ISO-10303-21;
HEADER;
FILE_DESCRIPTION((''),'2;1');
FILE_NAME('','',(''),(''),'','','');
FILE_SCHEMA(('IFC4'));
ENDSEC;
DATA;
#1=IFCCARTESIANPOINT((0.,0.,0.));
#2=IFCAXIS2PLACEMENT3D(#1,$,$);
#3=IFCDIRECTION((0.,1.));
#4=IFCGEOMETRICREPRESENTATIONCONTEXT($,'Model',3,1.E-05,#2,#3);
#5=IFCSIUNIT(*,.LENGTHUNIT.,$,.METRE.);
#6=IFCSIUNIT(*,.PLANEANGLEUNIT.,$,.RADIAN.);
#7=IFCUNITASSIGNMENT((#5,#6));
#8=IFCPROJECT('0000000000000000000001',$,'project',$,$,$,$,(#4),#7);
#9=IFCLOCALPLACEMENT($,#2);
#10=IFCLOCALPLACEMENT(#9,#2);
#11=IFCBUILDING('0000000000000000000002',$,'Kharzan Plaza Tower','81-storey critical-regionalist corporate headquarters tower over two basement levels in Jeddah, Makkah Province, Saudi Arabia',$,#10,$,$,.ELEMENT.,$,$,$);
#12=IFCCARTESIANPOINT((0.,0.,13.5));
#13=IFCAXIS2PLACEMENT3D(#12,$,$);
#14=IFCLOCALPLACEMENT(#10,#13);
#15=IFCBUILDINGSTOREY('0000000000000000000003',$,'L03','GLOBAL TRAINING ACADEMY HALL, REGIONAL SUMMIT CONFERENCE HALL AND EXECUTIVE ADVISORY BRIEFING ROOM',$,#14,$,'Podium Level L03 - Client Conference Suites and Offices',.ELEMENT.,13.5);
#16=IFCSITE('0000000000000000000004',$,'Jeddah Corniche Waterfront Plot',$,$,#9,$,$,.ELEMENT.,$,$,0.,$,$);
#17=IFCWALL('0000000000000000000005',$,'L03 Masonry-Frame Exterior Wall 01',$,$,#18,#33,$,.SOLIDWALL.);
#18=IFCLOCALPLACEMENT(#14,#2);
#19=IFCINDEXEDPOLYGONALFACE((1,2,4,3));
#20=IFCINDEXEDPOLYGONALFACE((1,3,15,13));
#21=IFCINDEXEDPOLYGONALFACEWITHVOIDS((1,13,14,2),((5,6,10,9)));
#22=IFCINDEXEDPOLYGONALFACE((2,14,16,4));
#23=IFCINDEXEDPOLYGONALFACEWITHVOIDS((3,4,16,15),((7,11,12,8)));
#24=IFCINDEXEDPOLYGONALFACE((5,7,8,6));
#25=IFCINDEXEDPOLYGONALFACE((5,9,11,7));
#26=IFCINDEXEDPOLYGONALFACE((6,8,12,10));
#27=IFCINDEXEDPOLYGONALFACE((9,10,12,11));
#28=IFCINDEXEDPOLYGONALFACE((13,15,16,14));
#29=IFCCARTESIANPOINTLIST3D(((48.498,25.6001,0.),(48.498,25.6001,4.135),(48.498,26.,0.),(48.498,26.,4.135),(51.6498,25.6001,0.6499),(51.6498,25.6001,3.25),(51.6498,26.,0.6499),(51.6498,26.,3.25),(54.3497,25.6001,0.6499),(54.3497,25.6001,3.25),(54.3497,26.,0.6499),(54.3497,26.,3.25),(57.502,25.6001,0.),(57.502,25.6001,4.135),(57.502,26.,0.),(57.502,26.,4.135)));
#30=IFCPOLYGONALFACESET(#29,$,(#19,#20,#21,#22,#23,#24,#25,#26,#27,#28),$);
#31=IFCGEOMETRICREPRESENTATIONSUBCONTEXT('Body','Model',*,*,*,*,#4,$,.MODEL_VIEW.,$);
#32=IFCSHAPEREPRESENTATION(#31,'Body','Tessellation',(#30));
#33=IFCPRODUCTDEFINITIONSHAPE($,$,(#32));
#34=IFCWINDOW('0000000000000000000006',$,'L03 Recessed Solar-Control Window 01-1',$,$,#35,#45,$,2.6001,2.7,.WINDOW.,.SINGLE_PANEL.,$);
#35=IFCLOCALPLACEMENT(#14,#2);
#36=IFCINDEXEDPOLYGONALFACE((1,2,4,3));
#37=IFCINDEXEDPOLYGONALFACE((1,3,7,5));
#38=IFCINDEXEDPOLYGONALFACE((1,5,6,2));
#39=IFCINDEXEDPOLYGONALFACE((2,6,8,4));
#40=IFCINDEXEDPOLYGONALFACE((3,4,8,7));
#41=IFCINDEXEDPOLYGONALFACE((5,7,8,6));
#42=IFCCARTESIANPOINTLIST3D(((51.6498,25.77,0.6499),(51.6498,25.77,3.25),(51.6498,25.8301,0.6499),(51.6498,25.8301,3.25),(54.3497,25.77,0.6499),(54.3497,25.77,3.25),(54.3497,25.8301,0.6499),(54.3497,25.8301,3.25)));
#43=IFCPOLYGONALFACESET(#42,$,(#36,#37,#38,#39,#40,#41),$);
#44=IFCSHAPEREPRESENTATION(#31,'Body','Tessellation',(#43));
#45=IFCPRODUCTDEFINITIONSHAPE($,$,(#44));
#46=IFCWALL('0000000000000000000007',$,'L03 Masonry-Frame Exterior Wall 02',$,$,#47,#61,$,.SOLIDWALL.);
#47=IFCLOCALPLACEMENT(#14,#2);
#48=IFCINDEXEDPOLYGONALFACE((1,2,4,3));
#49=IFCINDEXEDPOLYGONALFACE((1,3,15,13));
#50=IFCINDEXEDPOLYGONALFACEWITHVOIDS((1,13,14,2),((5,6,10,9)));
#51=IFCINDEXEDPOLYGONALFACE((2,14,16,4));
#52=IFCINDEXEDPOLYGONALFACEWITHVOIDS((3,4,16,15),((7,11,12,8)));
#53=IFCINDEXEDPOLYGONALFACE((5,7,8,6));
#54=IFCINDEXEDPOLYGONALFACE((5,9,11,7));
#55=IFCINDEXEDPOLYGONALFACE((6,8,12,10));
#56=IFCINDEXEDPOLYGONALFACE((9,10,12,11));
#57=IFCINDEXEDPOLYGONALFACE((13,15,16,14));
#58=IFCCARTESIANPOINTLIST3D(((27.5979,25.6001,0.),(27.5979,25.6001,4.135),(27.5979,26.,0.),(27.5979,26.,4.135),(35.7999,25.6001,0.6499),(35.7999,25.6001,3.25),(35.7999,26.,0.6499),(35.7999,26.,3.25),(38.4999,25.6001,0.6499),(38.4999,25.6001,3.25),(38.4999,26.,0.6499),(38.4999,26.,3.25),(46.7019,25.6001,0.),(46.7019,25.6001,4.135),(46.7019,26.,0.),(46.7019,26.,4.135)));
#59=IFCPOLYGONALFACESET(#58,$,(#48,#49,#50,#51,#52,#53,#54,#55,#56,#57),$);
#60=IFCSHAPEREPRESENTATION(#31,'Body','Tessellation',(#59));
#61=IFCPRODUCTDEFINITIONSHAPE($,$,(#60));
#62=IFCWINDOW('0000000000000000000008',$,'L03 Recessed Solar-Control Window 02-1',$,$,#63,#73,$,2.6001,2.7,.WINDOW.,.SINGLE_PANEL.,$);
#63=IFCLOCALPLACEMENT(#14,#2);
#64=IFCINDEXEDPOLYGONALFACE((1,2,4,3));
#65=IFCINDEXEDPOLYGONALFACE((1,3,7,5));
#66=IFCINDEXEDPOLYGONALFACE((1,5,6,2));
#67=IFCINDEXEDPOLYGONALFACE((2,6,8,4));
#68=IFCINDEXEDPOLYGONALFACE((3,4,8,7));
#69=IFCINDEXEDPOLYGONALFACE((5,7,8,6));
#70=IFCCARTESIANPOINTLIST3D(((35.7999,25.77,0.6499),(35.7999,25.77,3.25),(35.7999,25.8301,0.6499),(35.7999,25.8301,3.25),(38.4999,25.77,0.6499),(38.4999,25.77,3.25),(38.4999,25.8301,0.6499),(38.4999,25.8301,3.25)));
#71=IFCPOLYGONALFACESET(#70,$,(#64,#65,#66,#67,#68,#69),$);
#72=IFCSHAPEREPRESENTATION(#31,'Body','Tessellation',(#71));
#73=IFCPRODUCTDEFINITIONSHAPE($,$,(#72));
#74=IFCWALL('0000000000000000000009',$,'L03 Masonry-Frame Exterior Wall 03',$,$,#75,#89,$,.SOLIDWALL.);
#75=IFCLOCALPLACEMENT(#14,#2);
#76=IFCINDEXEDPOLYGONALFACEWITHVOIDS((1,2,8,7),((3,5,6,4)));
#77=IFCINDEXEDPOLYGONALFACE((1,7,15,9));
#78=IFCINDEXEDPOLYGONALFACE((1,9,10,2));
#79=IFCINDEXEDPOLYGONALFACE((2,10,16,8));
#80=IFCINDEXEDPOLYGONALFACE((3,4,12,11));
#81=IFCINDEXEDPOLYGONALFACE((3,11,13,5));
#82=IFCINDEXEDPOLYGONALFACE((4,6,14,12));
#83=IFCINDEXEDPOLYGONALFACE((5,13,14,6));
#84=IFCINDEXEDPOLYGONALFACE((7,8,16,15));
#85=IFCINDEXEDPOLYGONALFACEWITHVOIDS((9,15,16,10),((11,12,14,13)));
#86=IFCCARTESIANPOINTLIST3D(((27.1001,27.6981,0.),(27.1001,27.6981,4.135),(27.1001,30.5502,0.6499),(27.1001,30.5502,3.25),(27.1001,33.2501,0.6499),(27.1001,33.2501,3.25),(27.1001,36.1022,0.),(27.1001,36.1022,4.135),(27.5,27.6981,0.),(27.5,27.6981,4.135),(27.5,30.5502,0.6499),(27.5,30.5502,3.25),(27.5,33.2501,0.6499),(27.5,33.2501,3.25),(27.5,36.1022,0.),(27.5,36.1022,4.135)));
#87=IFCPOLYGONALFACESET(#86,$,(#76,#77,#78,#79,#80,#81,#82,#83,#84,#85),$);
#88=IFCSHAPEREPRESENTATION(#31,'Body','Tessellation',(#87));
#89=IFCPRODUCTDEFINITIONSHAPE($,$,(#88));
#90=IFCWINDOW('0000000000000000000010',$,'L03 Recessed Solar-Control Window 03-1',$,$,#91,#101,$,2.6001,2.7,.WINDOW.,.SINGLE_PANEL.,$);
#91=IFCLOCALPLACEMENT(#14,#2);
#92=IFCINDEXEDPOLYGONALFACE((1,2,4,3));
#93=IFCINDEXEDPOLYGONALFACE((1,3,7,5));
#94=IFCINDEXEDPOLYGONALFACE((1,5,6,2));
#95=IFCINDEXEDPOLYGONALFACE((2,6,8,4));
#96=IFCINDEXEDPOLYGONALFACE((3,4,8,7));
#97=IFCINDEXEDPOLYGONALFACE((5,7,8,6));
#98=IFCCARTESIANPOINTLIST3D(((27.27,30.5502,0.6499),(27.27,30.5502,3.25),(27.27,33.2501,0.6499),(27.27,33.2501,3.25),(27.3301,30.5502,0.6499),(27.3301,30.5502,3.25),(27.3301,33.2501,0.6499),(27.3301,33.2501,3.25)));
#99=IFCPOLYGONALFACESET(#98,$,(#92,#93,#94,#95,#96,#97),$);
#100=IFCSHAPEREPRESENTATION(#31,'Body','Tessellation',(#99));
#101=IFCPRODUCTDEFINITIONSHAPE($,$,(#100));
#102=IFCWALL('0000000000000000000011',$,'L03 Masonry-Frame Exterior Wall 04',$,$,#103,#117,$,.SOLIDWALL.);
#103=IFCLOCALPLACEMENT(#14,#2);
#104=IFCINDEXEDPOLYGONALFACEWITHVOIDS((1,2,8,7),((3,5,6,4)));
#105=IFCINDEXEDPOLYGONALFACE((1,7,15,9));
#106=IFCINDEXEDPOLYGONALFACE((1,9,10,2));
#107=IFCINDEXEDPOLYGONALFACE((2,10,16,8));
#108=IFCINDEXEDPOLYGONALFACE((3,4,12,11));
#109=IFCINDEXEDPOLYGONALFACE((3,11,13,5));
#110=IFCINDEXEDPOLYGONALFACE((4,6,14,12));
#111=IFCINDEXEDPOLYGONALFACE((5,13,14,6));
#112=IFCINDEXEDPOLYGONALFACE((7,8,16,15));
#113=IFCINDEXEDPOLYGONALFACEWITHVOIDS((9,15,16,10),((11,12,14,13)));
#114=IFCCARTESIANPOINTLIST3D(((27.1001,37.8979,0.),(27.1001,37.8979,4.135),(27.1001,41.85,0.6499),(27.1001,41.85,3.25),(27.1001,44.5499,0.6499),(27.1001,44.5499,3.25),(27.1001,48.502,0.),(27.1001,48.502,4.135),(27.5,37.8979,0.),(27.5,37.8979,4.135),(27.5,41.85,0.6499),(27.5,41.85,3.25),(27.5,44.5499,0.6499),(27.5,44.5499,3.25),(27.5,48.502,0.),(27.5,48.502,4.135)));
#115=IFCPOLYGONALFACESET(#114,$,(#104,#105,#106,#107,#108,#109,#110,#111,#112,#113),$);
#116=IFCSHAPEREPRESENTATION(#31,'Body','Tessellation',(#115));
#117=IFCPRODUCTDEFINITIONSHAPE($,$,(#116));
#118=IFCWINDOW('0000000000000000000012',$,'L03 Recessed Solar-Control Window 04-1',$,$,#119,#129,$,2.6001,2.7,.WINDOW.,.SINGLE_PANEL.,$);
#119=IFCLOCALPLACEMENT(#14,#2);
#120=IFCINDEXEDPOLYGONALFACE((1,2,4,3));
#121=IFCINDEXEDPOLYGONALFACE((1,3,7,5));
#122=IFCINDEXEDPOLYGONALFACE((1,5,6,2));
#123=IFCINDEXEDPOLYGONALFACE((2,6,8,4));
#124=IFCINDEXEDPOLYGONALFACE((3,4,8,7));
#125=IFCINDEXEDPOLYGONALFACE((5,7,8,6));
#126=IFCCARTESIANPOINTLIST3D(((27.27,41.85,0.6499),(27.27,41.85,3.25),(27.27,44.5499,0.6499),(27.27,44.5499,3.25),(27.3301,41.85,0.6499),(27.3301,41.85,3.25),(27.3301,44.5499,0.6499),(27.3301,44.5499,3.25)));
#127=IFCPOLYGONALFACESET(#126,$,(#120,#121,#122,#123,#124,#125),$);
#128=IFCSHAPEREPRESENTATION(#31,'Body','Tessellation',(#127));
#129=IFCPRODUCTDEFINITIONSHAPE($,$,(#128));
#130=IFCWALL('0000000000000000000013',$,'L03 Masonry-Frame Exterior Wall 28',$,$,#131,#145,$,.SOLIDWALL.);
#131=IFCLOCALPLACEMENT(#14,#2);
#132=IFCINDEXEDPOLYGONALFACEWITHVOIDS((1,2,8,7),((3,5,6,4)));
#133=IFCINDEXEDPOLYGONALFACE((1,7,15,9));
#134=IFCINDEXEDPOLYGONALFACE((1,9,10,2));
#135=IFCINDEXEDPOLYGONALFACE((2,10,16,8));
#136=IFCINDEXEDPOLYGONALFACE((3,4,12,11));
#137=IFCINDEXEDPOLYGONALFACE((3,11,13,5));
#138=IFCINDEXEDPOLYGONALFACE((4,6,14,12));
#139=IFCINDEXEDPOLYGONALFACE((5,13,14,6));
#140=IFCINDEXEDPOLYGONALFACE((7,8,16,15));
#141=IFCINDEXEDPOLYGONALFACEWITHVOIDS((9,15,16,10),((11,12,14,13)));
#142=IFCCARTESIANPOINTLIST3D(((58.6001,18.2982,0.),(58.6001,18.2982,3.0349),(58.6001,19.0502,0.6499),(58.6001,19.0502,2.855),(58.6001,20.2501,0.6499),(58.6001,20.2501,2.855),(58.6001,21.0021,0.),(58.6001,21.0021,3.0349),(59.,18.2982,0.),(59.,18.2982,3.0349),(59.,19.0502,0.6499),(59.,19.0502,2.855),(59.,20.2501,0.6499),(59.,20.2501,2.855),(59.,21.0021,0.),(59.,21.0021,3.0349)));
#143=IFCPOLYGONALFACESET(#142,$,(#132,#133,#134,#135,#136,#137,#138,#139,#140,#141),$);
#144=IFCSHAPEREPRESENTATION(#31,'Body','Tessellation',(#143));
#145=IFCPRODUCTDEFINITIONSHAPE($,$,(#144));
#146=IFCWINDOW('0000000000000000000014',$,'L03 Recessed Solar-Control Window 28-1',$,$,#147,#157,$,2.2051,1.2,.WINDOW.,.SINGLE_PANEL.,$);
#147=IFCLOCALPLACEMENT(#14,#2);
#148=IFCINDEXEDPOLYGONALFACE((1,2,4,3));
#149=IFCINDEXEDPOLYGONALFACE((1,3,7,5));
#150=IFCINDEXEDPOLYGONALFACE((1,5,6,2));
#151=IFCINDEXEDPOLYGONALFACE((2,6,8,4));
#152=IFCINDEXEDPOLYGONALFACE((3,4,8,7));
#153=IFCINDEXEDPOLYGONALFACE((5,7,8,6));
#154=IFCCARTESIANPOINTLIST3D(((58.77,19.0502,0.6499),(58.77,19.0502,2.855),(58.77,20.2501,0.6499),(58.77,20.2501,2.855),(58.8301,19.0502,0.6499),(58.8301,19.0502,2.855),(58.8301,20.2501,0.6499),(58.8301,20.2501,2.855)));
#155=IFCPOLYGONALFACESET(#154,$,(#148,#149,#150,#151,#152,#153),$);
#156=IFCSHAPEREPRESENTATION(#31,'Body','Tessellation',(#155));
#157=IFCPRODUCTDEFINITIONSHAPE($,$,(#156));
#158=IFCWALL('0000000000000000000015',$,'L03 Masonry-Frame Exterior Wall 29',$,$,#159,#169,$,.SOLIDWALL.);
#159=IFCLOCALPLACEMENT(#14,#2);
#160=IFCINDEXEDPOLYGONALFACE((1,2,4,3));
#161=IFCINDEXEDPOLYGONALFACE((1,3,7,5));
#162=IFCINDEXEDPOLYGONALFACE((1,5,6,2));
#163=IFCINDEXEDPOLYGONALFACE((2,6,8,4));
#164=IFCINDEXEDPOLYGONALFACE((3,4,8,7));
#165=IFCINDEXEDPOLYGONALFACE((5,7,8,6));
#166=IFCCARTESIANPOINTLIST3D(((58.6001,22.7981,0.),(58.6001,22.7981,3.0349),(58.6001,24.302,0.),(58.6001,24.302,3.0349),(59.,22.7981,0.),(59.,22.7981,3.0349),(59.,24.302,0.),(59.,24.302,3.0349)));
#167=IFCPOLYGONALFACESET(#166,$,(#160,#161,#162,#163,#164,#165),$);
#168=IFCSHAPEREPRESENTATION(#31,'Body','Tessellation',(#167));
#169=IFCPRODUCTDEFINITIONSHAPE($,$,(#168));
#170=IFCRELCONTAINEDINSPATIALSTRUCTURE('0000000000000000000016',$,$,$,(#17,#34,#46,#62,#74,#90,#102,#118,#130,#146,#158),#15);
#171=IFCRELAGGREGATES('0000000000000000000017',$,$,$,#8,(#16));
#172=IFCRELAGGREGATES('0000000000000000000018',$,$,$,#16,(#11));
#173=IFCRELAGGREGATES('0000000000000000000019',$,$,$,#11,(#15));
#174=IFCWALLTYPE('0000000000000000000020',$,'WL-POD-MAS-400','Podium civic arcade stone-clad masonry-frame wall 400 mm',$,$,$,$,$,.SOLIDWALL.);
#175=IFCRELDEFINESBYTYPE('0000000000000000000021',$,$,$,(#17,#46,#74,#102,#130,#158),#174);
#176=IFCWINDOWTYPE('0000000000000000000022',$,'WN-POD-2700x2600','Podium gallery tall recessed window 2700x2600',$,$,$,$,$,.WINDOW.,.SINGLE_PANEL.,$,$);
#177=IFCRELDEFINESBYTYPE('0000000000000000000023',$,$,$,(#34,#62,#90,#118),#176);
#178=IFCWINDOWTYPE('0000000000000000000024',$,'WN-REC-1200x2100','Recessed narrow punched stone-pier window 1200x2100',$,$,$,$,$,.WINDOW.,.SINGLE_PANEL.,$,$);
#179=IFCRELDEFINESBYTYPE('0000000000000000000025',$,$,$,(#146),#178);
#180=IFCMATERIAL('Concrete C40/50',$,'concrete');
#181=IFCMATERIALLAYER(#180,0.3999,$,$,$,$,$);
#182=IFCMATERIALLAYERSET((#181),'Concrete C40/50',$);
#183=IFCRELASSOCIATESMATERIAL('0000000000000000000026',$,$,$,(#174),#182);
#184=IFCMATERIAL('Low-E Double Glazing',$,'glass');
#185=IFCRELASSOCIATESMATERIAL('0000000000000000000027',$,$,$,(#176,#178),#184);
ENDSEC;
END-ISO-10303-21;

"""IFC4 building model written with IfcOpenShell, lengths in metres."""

from ifc_helpers import new_model, si_unit, direction, frame, frame_2d, origin, place, context, subcontext, project, spatial, rectangle, extrude, source, transform, mapped, material, layer, layer_set, type_object, element, fill, save


model = new_model("IFC4")

# Units and contexts
model_context = context("Model", 3, precision=1e-05, world=origin(), true_north=direction((0.0, 1.0)))
body_context = subcontext(model_context, "Body", "Model", "MODEL_VIEW")
ifc_project = project(units=[si_unit("LENGTHUNIT", "METRE"), si_unit("PLANEANGLEUNIT", "RADIAN")], contexts=[model_context])

# Site, building, storey
site_placement = place(None, origin())
site = spatial("IfcSite", under=ifc_project, at=site_placement, Name="Jeddah Corniche Waterfront Plot", CompositionType="ELEMENT", RefElevation=0.0)
building_placement = place(site_placement, origin())
building = spatial("IfcBuilding", under=site, at=building_placement, Name="Kharzan Plaza Tower", Description="81-storey critical-regionalist corporate headquarters tower over two basement levels in Jeddah, Makkah Province, Saudi Arabia", CompositionType="ELEMENT")
storey_placement = place(building_placement, frame((0.0, 0.0, 13.5)))
storey = spatial("IfcBuildingStorey", under=building, at=storey_placement, Name="L03", Description="GLOBAL TRAINING ACADEMY HALL, REGIONAL SUMMIT CONFERENCE HALL AND EXECUTIVE ADVISORY BRIEFING ROOM", LongName="Podium Level L03 - Client Conference Suites and Offices", CompositionType="ELEMENT", Elevation=13.5)

# Walls, openings, windows
ifc_material_1 = material(Name="Concrete C40/50", Category="concrete")
ifc_layer = layer(ifc_material_1, 0.3999)
ifc_layer_set = layer_set([ifc_layer], Name="Concrete C40/50")
wall_type = type_object("IfcWallType", Name="WL-POD-MAS-400", Description="Podium civic arcade stone-clad masonry-frame wall 400 mm", PredefinedType="SOLIDWALL", material=ifc_layer_set)
wall_1_placement = place(storey_placement, frame((57.502, 25.8, 0.0), z_axis=(0.0, 0.0, 1.0), x_axis=(-1.0, 0.0, 0.0)))
wall_1 = element("IfcWall", 1, at=wall_1_placement, inside=storey, type_object=wall_type, Name="L03 Masonry-Frame Exterior Wall 01", PredefinedType="SOLIDWALL", context=body_context, shape_type="SweptSolid", body=[
    extrude(rectangle(XDim=9.0039, YDim=0.3999, at=frame_2d((4.502, 0.0))), origin(), (0.0, 0.0, 1.0), 4.135),
])
opening_1_placement = place(wall_1_placement, frame((3.1521, 0.0, 0.6499)))
opening_1 = element("IfcOpeningElement", 2, at=opening_1_placement, cuts=wall_1, PredefinedType="OPENING", context=body_context, shape_type="SweptSolid", body=[
    extrude(rectangle(XDim=2.7, YDim=2.6001, at=frame_2d((1.3501, 1.3))), frame((0.0, 0.21, 0.0), z_axis=(0.0, -1.0, 0.0), x_axis=(1.0, 0.0, 0.0)), (0.0, 0.0, 1.0), 0.4199),
])
ifc_material_2 = material(Name="Low-E Double Glazing", Category="glass")
window_type_1 = type_object("IfcWindowType", Name="WN-POD-2700x2600", Description="Podium gallery tall recessed window 2700x2600", PartitioningType="SINGLE_PANEL", PredefinedType="WINDOW", material=ifc_material_2)
shared_shape_1 = source(origin(), body_context, "Body", "SweptSolid", [
    extrude(rectangle(XDim=2.7, YDim=2.6001, at=frame_2d((1.3501, 1.3))), frame((0.0, 0.03, 0.0), z_axis=(0.0, -1.0, 0.0), x_axis=(1.0, 0.0, 0.0)), (0.0, 0.0, 1.0), 0.0601),
])
window_1_placement = place(opening_1_placement, origin())
window_1 = element("IfcWindow", 3, at=window_1_placement, inside=storey, type_object=window_type_1, Name="L03 Recessed Solar-Control Window 01-1", OverallHeight=2.6001, OverallWidth=2.7, PartitioningType="SINGLE_PANEL", PredefinedType="WINDOW", context=body_context, shape_type="MappedRepresentation", body=[
    mapped(shared_shape_1, transform((0.0, 0.0, 0.0), x_axis=(1.0, 0.0, 0.0), y_axis=(0.0, 1.0, 0.0), z_axis=(0.0, 0.0, 1.0))),
])
fill(opening_1, window_1)
wall_2_placement = place(storey_placement, frame((46.7019, 25.8, 0.0), z_axis=(0.0, 0.0, 1.0), x_axis=(-1.0, 0.0, 0.0)))
wall_2 = element("IfcWall", 4, at=wall_2_placement, inside=storey, type_object=wall_type, Name="L03 Masonry-Frame Exterior Wall 02", PredefinedType="SOLIDWALL", context=body_context, shape_type="SweptSolid", body=[
    extrude(rectangle(XDim=19.104, YDim=0.3999, at=frame_2d((9.552, 0.0))), origin(), (0.0, 0.0, 1.0), 4.135),
])
opening_2_placement = place(wall_2_placement, frame((8.2019, 0.0, 0.6499)))
opening_2 = element("IfcOpeningElement", 5, at=opening_2_placement, cuts=wall_2, PredefinedType="OPENING", context=body_context, shape_type="SweptSolid", body=[
    extrude(rectangle(XDim=2.7, YDim=2.6001, at=frame_2d((1.3501, 1.3))), frame((0.0, 0.21, 0.0), z_axis=(0.0, -1.0, 0.0), x_axis=(1.0, 0.0, 0.0)), (0.0, 0.0, 1.0), 0.4199),
])
window_2_placement = place(opening_2_placement, origin())
window_2 = element("IfcWindow", 6, at=window_2_placement, inside=storey, type_object=window_type_1, Name="L03 Recessed Solar-Control Window 02-1", OverallHeight=2.6001, OverallWidth=2.7, PartitioningType="SINGLE_PANEL", PredefinedType="WINDOW", context=body_context, shape_type="MappedRepresentation", body=[
    mapped(shared_shape_1, transform((0.0, 0.0, 0.0), x_axis=(1.0, 0.0, 0.0), y_axis=(0.0, 1.0, 0.0), z_axis=(0.0, 0.0, 1.0))),
])
fill(opening_2, window_2)
wall_3_placement = place(storey_placement, frame((27.3, 27.698, 0.0), z_axis=(0.0, 0.0, 1.0), x_axis=(0.0, 1.0, 0.0)))
wall_3 = element("IfcWall", 7, at=wall_3_placement, inside=storey, type_object=wall_type, Name="L03 Masonry-Frame Exterior Wall 03", PredefinedType="SOLIDWALL", context=body_context, shape_type="SweptSolid", body=[
    extrude(rectangle(XDim=8.4041, YDim=0.3999, at=frame_2d((4.2021, 0.0))), origin(), (0.0, 0.0, 1.0), 4.135),
])
opening_3_placement = place(wall_3_placement, frame((2.8521, 0.0, 0.6499)))
opening_3 = element("IfcOpeningElement", 8, at=opening_3_placement, cuts=wall_3, PredefinedType="OPENING", context=body_context, shape_type="SweptSolid", body=[
    extrude(rectangle(XDim=2.7, YDim=2.6001, at=frame_2d((1.3501, 1.3))), frame((0.0, 0.21, 0.0), z_axis=(0.0, -1.0, 0.0), x_axis=(1.0, 0.0, 0.0)), (0.0, 0.0, 1.0), 0.4199),
])
window_3_placement = place(opening_3_placement, origin())
window_3 = element("IfcWindow", 9, at=window_3_placement, inside=storey, type_object=window_type_1, Name="L03 Recessed Solar-Control Window 03-1", OverallHeight=2.6001, OverallWidth=2.7, PartitioningType="SINGLE_PANEL", PredefinedType="WINDOW", context=body_context, shape_type="MappedRepresentation", body=[
    mapped(shared_shape_1, transform((0.0, 0.0, 0.0), x_axis=(1.0, 0.0, 0.0), y_axis=(0.0, 1.0, 0.0), z_axis=(0.0, 0.0, 1.0))),
])
fill(opening_3, window_3)
wall_4_placement = place(storey_placement, frame((27.3, 37.8979, 0.0), z_axis=(0.0, 0.0, 1.0), x_axis=(0.0, 1.0, 0.0)))
wall_4 = element("IfcWall", 10, at=wall_4_placement, inside=storey, type_object=wall_type, Name="L03 Masonry-Frame Exterior Wall 04", PredefinedType="SOLIDWALL", context=body_context, shape_type="SweptSolid", body=[
    extrude(rectangle(XDim=10.604, YDim=0.3999, at=frame_2d((5.302, 0.0))), origin(), (0.0, 0.0, 1.0), 4.135),
])
opening_4_placement = place(wall_4_placement, frame((3.9519, 0.0, 0.6499)))
opening_4 = element("IfcOpeningElement", 11, at=opening_4_placement, cuts=wall_4, PredefinedType="OPENING", context=body_context, shape_type="SweptSolid", body=[
    extrude(rectangle(XDim=2.7, YDim=2.6001, at=frame_2d((1.3501, 1.3))), frame((0.0, 0.21, 0.0), z_axis=(0.0, -1.0, 0.0), x_axis=(1.0, 0.0, 0.0)), (0.0, 0.0, 1.0), 0.4199),
])
window_4_placement = place(opening_4_placement, origin())
window_4 = element("IfcWindow", 12, at=window_4_placement, inside=storey, type_object=window_type_1, Name="L03 Recessed Solar-Control Window 04-1", OverallHeight=2.6001, OverallWidth=2.7, PartitioningType="SINGLE_PANEL", PredefinedType="WINDOW", context=body_context, shape_type="MappedRepresentation", body=[
    mapped(shared_shape_1, transform((0.0, 0.0, 0.0), x_axis=(1.0, 0.0, 0.0), y_axis=(0.0, 1.0, 0.0), z_axis=(0.0, 0.0, 1.0))),
])
fill(opening_4, window_4)
wall_5_placement = place(storey_placement, frame((58.8, 18.2981, 0.0), z_axis=(0.0, 0.0, 1.0), x_axis=(0.0, 1.0, 0.0)))
wall_5 = element("IfcWall", 13, at=wall_5_placement, inside=storey, type_object=wall_type, Name="L03 Masonry-Frame Exterior Wall 28", PredefinedType="SOLIDWALL", context=body_context, shape_type="SweptSolid", body=[
    extrude(rectangle(XDim=2.7039, YDim=0.3999, at=frame_2d((1.3521, 0.0))), origin(), (0.0, 0.0, 1.0), 3.0349),
])
opening_5_placement = place(wall_5_placement, frame((0.752, 0.0, 0.6499)))
opening_5 = element("IfcOpeningElement", 14, at=opening_5_placement, cuts=wall_5, PredefinedType="OPENING", context=body_context, shape_type="SweptSolid", body=[
    extrude(rectangle(XDim=1.2, YDim=2.2051, at=frame_2d((0.6001, 1.1025))), frame((0.0, 0.21, 0.0), z_axis=(0.0, -1.0, 0.0), x_axis=(1.0, 0.0, 0.0)), (0.0, 0.0, 1.0), 0.4199),
])
window_type_2 = type_object("IfcWindowType", Name="WN-REC-1200x2100", Description="Recessed narrow punched stone-pier window 1200x2100", PartitioningType="SINGLE_PANEL", PredefinedType="WINDOW", material=ifc_material_2)
shared_shape_2 = source(origin(), body_context, "Body", "SweptSolid", [
    extrude(rectangle(XDim=1.2, YDim=2.2051, at=frame_2d((0.6001, 1.1025))), frame((0.0, 0.03, 0.0), z_axis=(0.0, -1.0, 0.0), x_axis=(1.0, 0.0, 0.0)), (0.0, 0.0, 1.0), 0.0601),
])
window_5_placement = place(opening_5_placement, origin())
window_5 = element("IfcWindow", 15, at=window_5_placement, inside=storey, type_object=window_type_2, Name="L03 Recessed Solar-Control Window 28-1", OverallHeight=2.2051, OverallWidth=1.2, PartitioningType="SINGLE_PANEL", PredefinedType="WINDOW", context=body_context, shape_type="MappedRepresentation", body=[
    mapped(shared_shape_2, transform((0.0, 0.0, 0.0), x_axis=(1.0, 0.0, 0.0), y_axis=(0.0, 1.0, 0.0), z_axis=(0.0, 0.0, 1.0))),
])
fill(opening_5, window_5)

# Wall
shared_shape_3 = source(origin(), body_context, "Body", "SweptSolid", [
    extrude(rectangle(XDim=1.5039, YDim=0.3999, at=frame_2d((0.752, 0.0))), origin(), (0.0, 0.0, 1.0), 3.0349),
])
wall_6_placement = place(storey_placement, frame((58.8, 22.7981, 0.0), z_axis=(0.0, 0.0, 1.0), x_axis=(0.0, 1.0, 0.0)))
element("IfcWall", 16, at=wall_6_placement, inside=storey, type_object=wall_type, Name="L03 Masonry-Frame Exterior Wall 29", PredefinedType="SOLIDWALL", context=body_context, shape_type="MappedRepresentation", body=[
    mapped(shared_shape_3, transform((0.0, 0.0, 0.0), x_axis=(1.0, 0.0, 0.0), y_axis=(0.0, 1.0, 0.0), z_axis=(0.0, 0.0, 1.0))),
])

save(model, "model.ifc")
